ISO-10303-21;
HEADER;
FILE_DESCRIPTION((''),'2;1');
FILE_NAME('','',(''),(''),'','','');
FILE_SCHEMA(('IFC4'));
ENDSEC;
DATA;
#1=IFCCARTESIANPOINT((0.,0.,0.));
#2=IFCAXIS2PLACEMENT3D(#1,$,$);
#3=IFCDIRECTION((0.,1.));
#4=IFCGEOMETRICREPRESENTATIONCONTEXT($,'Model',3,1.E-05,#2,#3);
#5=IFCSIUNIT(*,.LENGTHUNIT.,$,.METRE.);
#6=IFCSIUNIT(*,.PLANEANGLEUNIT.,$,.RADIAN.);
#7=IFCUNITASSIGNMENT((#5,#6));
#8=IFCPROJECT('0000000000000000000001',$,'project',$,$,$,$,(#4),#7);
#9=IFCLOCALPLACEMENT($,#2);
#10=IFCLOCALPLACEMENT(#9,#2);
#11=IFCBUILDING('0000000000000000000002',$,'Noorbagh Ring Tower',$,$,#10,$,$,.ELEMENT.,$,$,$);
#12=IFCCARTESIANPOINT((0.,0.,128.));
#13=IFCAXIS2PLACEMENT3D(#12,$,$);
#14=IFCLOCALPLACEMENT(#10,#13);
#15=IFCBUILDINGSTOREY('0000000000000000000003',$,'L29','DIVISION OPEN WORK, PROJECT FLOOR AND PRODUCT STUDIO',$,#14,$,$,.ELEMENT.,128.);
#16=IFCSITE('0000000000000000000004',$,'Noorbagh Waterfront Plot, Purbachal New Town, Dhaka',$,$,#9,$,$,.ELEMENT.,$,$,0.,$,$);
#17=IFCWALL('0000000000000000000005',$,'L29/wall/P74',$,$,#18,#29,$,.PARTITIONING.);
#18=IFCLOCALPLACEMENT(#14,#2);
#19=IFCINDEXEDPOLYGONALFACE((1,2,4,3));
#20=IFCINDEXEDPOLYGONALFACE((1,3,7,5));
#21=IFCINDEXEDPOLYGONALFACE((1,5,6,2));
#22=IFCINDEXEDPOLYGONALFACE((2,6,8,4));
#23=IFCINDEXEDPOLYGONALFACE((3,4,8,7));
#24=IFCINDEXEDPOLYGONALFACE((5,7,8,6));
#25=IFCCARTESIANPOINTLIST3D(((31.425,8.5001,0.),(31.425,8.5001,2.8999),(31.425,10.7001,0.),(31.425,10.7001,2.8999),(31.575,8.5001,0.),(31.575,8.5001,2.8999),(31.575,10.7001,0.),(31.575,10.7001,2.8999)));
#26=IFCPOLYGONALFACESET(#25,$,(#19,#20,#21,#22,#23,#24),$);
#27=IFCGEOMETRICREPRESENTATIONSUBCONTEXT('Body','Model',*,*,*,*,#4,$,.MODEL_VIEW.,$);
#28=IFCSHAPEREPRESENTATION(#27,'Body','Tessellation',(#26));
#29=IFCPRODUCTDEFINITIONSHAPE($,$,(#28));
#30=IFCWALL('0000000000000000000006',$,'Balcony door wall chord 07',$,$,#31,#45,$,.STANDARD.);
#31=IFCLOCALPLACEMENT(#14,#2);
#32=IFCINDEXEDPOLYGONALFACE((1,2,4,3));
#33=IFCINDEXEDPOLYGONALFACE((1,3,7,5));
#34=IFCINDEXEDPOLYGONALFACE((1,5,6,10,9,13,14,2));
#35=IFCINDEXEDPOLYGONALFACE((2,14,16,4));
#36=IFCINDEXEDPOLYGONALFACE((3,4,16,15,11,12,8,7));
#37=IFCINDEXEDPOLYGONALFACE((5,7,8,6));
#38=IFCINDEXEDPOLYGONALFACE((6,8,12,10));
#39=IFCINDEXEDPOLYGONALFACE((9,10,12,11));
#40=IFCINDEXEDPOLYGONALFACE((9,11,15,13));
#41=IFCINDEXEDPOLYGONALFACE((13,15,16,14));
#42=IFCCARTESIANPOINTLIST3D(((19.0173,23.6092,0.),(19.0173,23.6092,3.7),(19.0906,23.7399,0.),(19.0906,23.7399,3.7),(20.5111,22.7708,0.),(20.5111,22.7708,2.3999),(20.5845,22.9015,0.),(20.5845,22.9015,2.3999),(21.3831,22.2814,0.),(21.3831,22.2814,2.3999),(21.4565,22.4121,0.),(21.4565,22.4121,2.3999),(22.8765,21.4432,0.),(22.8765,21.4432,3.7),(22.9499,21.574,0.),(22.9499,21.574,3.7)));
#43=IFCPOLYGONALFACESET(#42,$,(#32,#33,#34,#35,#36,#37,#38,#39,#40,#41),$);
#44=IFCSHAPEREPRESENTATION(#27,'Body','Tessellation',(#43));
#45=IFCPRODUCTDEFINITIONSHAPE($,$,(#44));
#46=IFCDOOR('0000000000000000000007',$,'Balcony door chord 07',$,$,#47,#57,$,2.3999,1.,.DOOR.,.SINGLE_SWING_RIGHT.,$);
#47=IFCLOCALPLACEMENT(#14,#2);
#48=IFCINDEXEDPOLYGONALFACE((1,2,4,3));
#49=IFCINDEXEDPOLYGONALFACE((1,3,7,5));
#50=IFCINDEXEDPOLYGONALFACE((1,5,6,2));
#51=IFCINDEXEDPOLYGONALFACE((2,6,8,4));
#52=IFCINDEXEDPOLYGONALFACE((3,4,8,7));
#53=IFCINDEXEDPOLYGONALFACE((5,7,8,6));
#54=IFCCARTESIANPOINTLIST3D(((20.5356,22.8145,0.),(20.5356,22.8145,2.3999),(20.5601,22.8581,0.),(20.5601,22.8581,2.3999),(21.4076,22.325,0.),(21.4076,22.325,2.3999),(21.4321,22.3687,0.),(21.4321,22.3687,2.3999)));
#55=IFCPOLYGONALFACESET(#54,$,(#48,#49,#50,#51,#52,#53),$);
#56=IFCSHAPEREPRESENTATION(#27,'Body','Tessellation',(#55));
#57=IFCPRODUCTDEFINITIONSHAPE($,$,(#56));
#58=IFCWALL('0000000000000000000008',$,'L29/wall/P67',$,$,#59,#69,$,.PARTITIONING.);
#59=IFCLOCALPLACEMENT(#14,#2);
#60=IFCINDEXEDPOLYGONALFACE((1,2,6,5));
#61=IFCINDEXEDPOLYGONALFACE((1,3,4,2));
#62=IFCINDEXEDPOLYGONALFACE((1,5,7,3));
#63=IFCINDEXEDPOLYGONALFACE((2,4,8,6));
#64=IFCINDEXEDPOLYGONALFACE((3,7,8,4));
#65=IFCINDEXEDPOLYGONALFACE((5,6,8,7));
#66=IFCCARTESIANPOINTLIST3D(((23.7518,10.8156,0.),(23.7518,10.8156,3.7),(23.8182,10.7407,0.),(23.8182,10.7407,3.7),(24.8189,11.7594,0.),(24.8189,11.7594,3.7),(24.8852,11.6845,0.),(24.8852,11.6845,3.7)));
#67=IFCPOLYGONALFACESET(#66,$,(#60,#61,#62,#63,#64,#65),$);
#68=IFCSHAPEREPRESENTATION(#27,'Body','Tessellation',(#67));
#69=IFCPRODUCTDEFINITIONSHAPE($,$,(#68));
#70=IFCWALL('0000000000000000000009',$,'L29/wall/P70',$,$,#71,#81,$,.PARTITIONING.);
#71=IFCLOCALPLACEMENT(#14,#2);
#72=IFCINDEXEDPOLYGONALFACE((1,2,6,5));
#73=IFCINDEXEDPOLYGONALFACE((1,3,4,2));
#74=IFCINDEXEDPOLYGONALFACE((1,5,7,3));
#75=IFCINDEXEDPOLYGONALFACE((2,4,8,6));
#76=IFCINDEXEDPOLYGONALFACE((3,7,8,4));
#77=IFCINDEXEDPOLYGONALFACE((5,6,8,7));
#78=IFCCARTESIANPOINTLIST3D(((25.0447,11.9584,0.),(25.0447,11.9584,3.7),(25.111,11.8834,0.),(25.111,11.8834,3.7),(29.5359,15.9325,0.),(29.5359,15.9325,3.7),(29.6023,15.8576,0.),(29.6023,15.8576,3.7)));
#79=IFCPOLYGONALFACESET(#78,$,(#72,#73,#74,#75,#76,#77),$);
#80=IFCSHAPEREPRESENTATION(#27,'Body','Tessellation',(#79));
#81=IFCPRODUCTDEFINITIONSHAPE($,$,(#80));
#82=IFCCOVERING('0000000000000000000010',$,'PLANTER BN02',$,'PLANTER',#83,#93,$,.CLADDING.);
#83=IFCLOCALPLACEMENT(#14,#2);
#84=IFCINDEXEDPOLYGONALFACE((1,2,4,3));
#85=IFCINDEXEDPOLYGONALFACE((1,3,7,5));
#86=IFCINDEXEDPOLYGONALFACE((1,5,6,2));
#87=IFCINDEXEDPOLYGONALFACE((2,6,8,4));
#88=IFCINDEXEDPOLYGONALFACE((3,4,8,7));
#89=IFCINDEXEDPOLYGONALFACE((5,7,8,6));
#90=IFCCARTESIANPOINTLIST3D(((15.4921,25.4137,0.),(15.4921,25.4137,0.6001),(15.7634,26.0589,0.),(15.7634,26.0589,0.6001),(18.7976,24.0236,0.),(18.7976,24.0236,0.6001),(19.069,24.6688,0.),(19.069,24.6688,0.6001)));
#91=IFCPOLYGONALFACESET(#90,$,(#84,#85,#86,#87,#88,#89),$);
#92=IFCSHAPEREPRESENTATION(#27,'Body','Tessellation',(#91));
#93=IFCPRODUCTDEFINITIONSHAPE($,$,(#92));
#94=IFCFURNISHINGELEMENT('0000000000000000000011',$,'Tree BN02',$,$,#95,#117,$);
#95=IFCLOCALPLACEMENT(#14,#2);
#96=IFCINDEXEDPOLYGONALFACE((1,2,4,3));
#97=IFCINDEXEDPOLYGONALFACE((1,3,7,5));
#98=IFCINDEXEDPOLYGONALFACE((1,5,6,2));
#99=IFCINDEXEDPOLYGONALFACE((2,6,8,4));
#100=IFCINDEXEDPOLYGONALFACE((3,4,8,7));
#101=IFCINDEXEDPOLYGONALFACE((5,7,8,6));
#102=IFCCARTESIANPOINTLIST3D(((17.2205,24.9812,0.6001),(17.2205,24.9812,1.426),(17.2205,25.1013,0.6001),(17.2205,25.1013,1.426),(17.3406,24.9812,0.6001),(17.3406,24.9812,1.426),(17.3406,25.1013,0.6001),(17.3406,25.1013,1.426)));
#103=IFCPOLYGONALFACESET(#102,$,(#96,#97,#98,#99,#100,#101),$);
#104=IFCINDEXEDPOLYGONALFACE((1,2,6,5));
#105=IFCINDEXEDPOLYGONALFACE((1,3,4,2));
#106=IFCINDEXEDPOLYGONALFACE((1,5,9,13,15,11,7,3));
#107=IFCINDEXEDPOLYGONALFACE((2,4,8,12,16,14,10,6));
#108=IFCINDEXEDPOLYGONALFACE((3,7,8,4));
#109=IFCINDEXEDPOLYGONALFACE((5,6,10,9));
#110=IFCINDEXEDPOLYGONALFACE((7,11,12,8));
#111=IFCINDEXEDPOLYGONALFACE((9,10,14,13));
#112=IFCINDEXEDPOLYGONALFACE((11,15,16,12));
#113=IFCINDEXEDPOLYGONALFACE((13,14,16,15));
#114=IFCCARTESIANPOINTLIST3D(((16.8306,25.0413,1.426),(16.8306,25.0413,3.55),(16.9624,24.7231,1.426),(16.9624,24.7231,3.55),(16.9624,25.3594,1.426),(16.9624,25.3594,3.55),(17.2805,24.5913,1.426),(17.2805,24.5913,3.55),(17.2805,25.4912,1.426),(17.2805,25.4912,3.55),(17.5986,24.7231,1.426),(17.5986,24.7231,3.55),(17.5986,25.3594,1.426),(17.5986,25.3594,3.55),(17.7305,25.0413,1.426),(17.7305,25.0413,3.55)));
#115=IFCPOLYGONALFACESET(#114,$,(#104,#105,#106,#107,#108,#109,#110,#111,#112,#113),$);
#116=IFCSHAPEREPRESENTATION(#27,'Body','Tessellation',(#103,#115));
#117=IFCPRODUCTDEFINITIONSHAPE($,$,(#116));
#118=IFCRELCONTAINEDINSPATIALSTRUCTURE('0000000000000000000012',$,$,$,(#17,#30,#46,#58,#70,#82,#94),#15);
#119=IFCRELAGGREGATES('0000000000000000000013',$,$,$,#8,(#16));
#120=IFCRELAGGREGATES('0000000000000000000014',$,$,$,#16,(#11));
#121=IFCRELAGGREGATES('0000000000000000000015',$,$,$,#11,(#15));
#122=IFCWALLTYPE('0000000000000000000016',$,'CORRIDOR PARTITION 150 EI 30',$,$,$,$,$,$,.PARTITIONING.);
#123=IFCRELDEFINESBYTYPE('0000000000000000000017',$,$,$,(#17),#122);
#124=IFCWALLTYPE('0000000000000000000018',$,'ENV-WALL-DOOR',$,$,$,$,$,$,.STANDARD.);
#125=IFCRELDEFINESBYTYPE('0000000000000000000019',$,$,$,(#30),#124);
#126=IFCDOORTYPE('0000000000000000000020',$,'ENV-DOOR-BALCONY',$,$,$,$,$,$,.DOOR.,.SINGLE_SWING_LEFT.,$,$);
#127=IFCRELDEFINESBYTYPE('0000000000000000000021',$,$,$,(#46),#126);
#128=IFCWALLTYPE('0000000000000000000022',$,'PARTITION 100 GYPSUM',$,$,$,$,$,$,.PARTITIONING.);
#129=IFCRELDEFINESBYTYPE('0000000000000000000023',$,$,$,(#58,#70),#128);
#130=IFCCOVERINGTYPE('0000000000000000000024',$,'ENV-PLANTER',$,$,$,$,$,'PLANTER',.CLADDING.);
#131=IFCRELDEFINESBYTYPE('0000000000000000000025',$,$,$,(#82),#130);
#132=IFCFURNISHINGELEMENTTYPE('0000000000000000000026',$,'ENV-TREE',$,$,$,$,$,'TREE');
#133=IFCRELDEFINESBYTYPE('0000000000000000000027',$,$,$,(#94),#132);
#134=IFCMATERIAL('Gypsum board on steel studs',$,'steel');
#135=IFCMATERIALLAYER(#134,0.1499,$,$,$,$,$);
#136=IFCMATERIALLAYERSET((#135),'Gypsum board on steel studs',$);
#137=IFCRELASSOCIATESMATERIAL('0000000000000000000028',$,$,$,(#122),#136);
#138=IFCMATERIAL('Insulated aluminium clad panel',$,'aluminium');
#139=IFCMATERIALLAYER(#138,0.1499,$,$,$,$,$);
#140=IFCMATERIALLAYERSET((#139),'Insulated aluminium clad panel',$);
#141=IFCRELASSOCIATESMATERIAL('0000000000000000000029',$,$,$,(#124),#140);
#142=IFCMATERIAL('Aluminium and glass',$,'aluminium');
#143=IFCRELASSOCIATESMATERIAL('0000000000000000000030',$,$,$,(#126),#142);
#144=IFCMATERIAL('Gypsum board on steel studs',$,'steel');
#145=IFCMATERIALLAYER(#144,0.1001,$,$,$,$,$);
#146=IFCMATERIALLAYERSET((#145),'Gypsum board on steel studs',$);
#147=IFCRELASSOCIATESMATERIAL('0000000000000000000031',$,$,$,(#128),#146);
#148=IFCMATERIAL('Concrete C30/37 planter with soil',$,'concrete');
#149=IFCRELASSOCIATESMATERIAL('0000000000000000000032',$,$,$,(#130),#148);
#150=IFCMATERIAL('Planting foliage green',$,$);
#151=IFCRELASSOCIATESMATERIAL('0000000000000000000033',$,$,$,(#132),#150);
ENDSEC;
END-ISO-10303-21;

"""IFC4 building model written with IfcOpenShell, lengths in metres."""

from ifc_helpers import new_model, si_unit, direction, frame, frame_2d, origin, origin_2d, place, context, subcontext, project, spatial, polyline, rectangle, outline, extrude, material, layer, layer_set, type_object, element, fill, save


model = new_model("IFC4")

# Units and contexts
model_context = context("Model", 3, precision=1e-05, world=origin(), true_north=direction((0.0, 1.0)))
body_context = subcontext(model_context, "Body", "Model", "MODEL_VIEW")
ifc_project = project(units=[si_unit("LENGTHUNIT", "METRE"), si_unit("PLANEANGLEUNIT", "RADIAN")], contexts=[model_context])

# Site, building, storey
site_placement = place(None, origin())
site = spatial("IfcSite", under=ifc_project, at=site_placement, Name="Noorbagh Waterfront Plot, Purbachal New Town, Dhaka", CompositionType="ELEMENT", RefElevation=0.0)
building_placement = place(site_placement, origin())
building = spatial("IfcBuilding", under=site, at=building_placement, Name="Noorbagh Ring Tower", CompositionType="ELEMENT")
storey_placement = place(building_placement, frame((0.0, 0.0, 128.0)))
storey = spatial("IfcBuildingStorey", under=building, at=storey_placement, Name="L29", Description="DIVISION OPEN WORK, PROJECT FLOOR AND PRODUCT STUDIO", CompositionType="ELEMENT", Elevation=128.0)

# Wall
ifc_material_1 = material(Name="Gypsum board on steel studs", Category="steel")
ifc_layer_1 = layer(ifc_material_1, 0.1499)
ifc_layer_set_1 = layer_set([ifc_layer_1], Name="Gypsum board on steel studs")
wall_type_1 = type_object("IfcWallType", Name="CORRIDOR PARTITION 150 EI 30", PredefinedType="PARTITIONING", material=ifc_layer_set_1)
wall_1_placement = place(storey_placement, frame((31.5, 8.5, 0.0), z_axis=(0.0, 0.0, 1.0), x_axis=(0.0, 1.0, 0.0)))
element("IfcWall", 1, at=wall_1_placement, inside=storey, type_object=wall_type_1, Name="L29/wall/P74", PredefinedType="PARTITIONING", context=body_context, shape_type="SweptSolid", body=[
    extrude(rectangle(XDim=2.2, YDim=0.1499, at=frame_2d((1.1001, 0.0))), origin(), (0.0, 0.0, 1.0), 2.8999),
])

# Wall, opening, door
ifc_material_2 = material(Name="Insulated aluminium clad panel", Category="aluminium")
ifc_layer_2 = layer(ifc_material_2, 0.1499)
ifc_layer_set_2 = layer_set([ifc_layer_2], Name="Insulated aluminium clad panel")
wall_type_2 = type_object("IfcWallType", Name="ENV-WALL-DOOR", PredefinedType="STANDARD", material=ifc_layer_set_2)
wall_2_placement = place(storey_placement, frame((22.9133, 21.5085, 0.0), z_axis=(0.0, 0.0, 1.0), x_axis=(-0.872047, 0.489423, 0.0)))
wall_2 = element("IfcWall", 2, at=wall_2_placement, inside=storey, type_object=wall_type_2, Name="Balcony door wall chord 07", PredefinedType="STANDARD", context=body_context, shape_type="SweptSolid", body=[
    extrude(rectangle(XDim=4.4255, YDim=0.1499, at=frame_2d((2.2129, 0.0))), origin(), (0.0, 0.0, 1.0), 3.7),
])
opening_placement = place(wall_2_placement, frame((1.7126, 0.0, 0.0)))
opening = element("IfcOpeningElement", 3, at=opening_placement, cuts=wall_2, PredefinedType="OPENING", context=body_context, shape_type="SweptSolid", body=[
    extrude(rectangle(XDim=1.0, YDim=2.3999, at=frame_2d((0.5, 1.2))), frame((0.0, 0.085, 0.0), z_axis=(0.0, -1.0, 0.0), x_axis=(1.0, 0.0, 0.0)), (0.0, 0.0, 1.0), 0.1699),
])
ifc_material_3 = material(Name="Aluminium and glass", Category="aluminium")
door_type = type_object("IfcDoorType", Name="ENV-DOOR-BALCONY", OperationType="SINGLE_SWING_LEFT", PredefinedType="DOOR", material=ifc_material_3)
door_placement = place(opening_placement, origin())
door = element("IfcDoor", 4, at=door_placement, inside=storey, type_object=door_type, Name="Balcony door chord 07", OperationType="SINGLE_SWING_RIGHT", OverallHeight=2.3999, OverallWidth=1.0, PredefinedType="DOOR", context=body_context, shape_type="SweptSolid", body=[
    extrude(rectangle(XDim=1.0, YDim=2.3999, at=frame_2d((0.5, 1.2))), frame((0.0, 0.0249, 0.0), z_axis=(0.0, -1.0, 0.0), x_axis=(1.0, 0.0, 0.0)), (0.0, 0.0, 1.0), 0.05),
])
fill(opening, door)

# Walls
ifc_material_4 = material(Name="Gypsum board on steel studs", Category="steel")
ifc_layer_3 = layer(ifc_material_4, 0.1001)
ifc_layer_set_3 = layer_set([ifc_layer_3], Name="Gypsum board on steel studs")
wall_type_3 = type_object("IfcWallType", Name="PARTITION 100 GYPSUM", PredefinedType="PARTITIONING", material=ifc_layer_set_3)
wall_3_placement = place(storey_placement, frame((23.7849, 10.7781, 0.0), z_axis=(0.0, 0.0, 1.0), x_axis=(0.749052, 0.662511, 0.0)))
element("IfcWall", 5, at=wall_3_placement, inside=storey, type_object=wall_type_3, Name="L29/wall/P67", PredefinedType="PARTITIONING", context=body_context, shape_type="SweptSolid", body=[
    extrude(rectangle(XDim=1.4246, YDim=0.1001, at=frame_2d((0.7124, 0.0))), origin(), (0.0, 0.0, 1.0), 3.7),
])
wall_4_placement = place(storey_placement, frame((25.0779, 11.9209, 0.0), z_axis=(0.0, 0.0, 1.0), x_axis=(0.748903, 0.662679, 0.0)))
element("IfcWall", 6, at=wall_4_placement, inside=storey, type_object=wall_type_3, Name="L29/wall/P70", PredefinedType="PARTITIONING", context=body_context, shape_type="SweptSolid", body=[
    extrude(rectangle(XDim=5.9971, YDim=0.1001, at=frame_2d((2.9985, 0.0))), origin(), (0.0, 0.0, 1.0), 3.7),
])

# Covering
ifc_material_5 = material(Name="Concrete C30/37 planter with soil", Category="concrete")
covering_type = type_object("IfcCoveringType", Name="ENV-PLANTER", ElementType="PLANTER", PredefinedType="CLADDING", material=ifc_material_5)
covering_placement = place(storey_placement, frame((17.2805, 25.0413, 0.0), z_axis=(0.0, 0.0, 1.0), x_axis=(-0.921812, 0.387638, 0.0)))
element("IfcCovering", 7, at=covering_placement, inside=storey, type_object=covering_type, Name="PLANTER BN02", ObjectType="PLANTER", PredefinedType="CLADDING", context=body_context, shape_type="SweptSolid", body=[
    extrude(rectangle(XDim=3.5859, YDim=0.7, at=origin_2d()), origin(), (0.0, 0.0, 1.0), 0.6001),
])

# Furnishing element
ifc_material_6 = material(Name="Planting foliage green")
furnishing_element_type = type_object("IfcFurnishingElementType", Name="ENV-TREE", ElementType="TREE", material=ifc_material_6)
furnishing_placement = place(storey_placement, frame((17.2805, 25.0413, 0.6001), z_axis=(0.0, 0.0, 1.0), x_axis=(1.0, 0.0, 0.0)))
element("IfcFurnishingElement", 8, at=furnishing_placement, inside=storey, type_object=furnishing_element_type, Name="Tree BN02", context=body_context, shape_type="SweptSolid", body=[
    extrude(rectangle(XDim=0.1201, YDim=0.1201, at=origin_2d()), origin(), (0.0, 0.0, 1.0), 0.8259),
    extrude(outline(polyline([(0.45, 0.0), (0.3181, 0.3181), (0.0, 0.45), (-0.3181, 0.3181), (-0.45, 0.0), (-0.3181, -0.3181), (0.0, -0.45), (0.3181, -0.3181), (0.45, 0.0)])), frame((0.0, 0.0, 0.8259)), (0.0, 0.0, 1.0), 2.124),
])

save(model, "model.ifc")
